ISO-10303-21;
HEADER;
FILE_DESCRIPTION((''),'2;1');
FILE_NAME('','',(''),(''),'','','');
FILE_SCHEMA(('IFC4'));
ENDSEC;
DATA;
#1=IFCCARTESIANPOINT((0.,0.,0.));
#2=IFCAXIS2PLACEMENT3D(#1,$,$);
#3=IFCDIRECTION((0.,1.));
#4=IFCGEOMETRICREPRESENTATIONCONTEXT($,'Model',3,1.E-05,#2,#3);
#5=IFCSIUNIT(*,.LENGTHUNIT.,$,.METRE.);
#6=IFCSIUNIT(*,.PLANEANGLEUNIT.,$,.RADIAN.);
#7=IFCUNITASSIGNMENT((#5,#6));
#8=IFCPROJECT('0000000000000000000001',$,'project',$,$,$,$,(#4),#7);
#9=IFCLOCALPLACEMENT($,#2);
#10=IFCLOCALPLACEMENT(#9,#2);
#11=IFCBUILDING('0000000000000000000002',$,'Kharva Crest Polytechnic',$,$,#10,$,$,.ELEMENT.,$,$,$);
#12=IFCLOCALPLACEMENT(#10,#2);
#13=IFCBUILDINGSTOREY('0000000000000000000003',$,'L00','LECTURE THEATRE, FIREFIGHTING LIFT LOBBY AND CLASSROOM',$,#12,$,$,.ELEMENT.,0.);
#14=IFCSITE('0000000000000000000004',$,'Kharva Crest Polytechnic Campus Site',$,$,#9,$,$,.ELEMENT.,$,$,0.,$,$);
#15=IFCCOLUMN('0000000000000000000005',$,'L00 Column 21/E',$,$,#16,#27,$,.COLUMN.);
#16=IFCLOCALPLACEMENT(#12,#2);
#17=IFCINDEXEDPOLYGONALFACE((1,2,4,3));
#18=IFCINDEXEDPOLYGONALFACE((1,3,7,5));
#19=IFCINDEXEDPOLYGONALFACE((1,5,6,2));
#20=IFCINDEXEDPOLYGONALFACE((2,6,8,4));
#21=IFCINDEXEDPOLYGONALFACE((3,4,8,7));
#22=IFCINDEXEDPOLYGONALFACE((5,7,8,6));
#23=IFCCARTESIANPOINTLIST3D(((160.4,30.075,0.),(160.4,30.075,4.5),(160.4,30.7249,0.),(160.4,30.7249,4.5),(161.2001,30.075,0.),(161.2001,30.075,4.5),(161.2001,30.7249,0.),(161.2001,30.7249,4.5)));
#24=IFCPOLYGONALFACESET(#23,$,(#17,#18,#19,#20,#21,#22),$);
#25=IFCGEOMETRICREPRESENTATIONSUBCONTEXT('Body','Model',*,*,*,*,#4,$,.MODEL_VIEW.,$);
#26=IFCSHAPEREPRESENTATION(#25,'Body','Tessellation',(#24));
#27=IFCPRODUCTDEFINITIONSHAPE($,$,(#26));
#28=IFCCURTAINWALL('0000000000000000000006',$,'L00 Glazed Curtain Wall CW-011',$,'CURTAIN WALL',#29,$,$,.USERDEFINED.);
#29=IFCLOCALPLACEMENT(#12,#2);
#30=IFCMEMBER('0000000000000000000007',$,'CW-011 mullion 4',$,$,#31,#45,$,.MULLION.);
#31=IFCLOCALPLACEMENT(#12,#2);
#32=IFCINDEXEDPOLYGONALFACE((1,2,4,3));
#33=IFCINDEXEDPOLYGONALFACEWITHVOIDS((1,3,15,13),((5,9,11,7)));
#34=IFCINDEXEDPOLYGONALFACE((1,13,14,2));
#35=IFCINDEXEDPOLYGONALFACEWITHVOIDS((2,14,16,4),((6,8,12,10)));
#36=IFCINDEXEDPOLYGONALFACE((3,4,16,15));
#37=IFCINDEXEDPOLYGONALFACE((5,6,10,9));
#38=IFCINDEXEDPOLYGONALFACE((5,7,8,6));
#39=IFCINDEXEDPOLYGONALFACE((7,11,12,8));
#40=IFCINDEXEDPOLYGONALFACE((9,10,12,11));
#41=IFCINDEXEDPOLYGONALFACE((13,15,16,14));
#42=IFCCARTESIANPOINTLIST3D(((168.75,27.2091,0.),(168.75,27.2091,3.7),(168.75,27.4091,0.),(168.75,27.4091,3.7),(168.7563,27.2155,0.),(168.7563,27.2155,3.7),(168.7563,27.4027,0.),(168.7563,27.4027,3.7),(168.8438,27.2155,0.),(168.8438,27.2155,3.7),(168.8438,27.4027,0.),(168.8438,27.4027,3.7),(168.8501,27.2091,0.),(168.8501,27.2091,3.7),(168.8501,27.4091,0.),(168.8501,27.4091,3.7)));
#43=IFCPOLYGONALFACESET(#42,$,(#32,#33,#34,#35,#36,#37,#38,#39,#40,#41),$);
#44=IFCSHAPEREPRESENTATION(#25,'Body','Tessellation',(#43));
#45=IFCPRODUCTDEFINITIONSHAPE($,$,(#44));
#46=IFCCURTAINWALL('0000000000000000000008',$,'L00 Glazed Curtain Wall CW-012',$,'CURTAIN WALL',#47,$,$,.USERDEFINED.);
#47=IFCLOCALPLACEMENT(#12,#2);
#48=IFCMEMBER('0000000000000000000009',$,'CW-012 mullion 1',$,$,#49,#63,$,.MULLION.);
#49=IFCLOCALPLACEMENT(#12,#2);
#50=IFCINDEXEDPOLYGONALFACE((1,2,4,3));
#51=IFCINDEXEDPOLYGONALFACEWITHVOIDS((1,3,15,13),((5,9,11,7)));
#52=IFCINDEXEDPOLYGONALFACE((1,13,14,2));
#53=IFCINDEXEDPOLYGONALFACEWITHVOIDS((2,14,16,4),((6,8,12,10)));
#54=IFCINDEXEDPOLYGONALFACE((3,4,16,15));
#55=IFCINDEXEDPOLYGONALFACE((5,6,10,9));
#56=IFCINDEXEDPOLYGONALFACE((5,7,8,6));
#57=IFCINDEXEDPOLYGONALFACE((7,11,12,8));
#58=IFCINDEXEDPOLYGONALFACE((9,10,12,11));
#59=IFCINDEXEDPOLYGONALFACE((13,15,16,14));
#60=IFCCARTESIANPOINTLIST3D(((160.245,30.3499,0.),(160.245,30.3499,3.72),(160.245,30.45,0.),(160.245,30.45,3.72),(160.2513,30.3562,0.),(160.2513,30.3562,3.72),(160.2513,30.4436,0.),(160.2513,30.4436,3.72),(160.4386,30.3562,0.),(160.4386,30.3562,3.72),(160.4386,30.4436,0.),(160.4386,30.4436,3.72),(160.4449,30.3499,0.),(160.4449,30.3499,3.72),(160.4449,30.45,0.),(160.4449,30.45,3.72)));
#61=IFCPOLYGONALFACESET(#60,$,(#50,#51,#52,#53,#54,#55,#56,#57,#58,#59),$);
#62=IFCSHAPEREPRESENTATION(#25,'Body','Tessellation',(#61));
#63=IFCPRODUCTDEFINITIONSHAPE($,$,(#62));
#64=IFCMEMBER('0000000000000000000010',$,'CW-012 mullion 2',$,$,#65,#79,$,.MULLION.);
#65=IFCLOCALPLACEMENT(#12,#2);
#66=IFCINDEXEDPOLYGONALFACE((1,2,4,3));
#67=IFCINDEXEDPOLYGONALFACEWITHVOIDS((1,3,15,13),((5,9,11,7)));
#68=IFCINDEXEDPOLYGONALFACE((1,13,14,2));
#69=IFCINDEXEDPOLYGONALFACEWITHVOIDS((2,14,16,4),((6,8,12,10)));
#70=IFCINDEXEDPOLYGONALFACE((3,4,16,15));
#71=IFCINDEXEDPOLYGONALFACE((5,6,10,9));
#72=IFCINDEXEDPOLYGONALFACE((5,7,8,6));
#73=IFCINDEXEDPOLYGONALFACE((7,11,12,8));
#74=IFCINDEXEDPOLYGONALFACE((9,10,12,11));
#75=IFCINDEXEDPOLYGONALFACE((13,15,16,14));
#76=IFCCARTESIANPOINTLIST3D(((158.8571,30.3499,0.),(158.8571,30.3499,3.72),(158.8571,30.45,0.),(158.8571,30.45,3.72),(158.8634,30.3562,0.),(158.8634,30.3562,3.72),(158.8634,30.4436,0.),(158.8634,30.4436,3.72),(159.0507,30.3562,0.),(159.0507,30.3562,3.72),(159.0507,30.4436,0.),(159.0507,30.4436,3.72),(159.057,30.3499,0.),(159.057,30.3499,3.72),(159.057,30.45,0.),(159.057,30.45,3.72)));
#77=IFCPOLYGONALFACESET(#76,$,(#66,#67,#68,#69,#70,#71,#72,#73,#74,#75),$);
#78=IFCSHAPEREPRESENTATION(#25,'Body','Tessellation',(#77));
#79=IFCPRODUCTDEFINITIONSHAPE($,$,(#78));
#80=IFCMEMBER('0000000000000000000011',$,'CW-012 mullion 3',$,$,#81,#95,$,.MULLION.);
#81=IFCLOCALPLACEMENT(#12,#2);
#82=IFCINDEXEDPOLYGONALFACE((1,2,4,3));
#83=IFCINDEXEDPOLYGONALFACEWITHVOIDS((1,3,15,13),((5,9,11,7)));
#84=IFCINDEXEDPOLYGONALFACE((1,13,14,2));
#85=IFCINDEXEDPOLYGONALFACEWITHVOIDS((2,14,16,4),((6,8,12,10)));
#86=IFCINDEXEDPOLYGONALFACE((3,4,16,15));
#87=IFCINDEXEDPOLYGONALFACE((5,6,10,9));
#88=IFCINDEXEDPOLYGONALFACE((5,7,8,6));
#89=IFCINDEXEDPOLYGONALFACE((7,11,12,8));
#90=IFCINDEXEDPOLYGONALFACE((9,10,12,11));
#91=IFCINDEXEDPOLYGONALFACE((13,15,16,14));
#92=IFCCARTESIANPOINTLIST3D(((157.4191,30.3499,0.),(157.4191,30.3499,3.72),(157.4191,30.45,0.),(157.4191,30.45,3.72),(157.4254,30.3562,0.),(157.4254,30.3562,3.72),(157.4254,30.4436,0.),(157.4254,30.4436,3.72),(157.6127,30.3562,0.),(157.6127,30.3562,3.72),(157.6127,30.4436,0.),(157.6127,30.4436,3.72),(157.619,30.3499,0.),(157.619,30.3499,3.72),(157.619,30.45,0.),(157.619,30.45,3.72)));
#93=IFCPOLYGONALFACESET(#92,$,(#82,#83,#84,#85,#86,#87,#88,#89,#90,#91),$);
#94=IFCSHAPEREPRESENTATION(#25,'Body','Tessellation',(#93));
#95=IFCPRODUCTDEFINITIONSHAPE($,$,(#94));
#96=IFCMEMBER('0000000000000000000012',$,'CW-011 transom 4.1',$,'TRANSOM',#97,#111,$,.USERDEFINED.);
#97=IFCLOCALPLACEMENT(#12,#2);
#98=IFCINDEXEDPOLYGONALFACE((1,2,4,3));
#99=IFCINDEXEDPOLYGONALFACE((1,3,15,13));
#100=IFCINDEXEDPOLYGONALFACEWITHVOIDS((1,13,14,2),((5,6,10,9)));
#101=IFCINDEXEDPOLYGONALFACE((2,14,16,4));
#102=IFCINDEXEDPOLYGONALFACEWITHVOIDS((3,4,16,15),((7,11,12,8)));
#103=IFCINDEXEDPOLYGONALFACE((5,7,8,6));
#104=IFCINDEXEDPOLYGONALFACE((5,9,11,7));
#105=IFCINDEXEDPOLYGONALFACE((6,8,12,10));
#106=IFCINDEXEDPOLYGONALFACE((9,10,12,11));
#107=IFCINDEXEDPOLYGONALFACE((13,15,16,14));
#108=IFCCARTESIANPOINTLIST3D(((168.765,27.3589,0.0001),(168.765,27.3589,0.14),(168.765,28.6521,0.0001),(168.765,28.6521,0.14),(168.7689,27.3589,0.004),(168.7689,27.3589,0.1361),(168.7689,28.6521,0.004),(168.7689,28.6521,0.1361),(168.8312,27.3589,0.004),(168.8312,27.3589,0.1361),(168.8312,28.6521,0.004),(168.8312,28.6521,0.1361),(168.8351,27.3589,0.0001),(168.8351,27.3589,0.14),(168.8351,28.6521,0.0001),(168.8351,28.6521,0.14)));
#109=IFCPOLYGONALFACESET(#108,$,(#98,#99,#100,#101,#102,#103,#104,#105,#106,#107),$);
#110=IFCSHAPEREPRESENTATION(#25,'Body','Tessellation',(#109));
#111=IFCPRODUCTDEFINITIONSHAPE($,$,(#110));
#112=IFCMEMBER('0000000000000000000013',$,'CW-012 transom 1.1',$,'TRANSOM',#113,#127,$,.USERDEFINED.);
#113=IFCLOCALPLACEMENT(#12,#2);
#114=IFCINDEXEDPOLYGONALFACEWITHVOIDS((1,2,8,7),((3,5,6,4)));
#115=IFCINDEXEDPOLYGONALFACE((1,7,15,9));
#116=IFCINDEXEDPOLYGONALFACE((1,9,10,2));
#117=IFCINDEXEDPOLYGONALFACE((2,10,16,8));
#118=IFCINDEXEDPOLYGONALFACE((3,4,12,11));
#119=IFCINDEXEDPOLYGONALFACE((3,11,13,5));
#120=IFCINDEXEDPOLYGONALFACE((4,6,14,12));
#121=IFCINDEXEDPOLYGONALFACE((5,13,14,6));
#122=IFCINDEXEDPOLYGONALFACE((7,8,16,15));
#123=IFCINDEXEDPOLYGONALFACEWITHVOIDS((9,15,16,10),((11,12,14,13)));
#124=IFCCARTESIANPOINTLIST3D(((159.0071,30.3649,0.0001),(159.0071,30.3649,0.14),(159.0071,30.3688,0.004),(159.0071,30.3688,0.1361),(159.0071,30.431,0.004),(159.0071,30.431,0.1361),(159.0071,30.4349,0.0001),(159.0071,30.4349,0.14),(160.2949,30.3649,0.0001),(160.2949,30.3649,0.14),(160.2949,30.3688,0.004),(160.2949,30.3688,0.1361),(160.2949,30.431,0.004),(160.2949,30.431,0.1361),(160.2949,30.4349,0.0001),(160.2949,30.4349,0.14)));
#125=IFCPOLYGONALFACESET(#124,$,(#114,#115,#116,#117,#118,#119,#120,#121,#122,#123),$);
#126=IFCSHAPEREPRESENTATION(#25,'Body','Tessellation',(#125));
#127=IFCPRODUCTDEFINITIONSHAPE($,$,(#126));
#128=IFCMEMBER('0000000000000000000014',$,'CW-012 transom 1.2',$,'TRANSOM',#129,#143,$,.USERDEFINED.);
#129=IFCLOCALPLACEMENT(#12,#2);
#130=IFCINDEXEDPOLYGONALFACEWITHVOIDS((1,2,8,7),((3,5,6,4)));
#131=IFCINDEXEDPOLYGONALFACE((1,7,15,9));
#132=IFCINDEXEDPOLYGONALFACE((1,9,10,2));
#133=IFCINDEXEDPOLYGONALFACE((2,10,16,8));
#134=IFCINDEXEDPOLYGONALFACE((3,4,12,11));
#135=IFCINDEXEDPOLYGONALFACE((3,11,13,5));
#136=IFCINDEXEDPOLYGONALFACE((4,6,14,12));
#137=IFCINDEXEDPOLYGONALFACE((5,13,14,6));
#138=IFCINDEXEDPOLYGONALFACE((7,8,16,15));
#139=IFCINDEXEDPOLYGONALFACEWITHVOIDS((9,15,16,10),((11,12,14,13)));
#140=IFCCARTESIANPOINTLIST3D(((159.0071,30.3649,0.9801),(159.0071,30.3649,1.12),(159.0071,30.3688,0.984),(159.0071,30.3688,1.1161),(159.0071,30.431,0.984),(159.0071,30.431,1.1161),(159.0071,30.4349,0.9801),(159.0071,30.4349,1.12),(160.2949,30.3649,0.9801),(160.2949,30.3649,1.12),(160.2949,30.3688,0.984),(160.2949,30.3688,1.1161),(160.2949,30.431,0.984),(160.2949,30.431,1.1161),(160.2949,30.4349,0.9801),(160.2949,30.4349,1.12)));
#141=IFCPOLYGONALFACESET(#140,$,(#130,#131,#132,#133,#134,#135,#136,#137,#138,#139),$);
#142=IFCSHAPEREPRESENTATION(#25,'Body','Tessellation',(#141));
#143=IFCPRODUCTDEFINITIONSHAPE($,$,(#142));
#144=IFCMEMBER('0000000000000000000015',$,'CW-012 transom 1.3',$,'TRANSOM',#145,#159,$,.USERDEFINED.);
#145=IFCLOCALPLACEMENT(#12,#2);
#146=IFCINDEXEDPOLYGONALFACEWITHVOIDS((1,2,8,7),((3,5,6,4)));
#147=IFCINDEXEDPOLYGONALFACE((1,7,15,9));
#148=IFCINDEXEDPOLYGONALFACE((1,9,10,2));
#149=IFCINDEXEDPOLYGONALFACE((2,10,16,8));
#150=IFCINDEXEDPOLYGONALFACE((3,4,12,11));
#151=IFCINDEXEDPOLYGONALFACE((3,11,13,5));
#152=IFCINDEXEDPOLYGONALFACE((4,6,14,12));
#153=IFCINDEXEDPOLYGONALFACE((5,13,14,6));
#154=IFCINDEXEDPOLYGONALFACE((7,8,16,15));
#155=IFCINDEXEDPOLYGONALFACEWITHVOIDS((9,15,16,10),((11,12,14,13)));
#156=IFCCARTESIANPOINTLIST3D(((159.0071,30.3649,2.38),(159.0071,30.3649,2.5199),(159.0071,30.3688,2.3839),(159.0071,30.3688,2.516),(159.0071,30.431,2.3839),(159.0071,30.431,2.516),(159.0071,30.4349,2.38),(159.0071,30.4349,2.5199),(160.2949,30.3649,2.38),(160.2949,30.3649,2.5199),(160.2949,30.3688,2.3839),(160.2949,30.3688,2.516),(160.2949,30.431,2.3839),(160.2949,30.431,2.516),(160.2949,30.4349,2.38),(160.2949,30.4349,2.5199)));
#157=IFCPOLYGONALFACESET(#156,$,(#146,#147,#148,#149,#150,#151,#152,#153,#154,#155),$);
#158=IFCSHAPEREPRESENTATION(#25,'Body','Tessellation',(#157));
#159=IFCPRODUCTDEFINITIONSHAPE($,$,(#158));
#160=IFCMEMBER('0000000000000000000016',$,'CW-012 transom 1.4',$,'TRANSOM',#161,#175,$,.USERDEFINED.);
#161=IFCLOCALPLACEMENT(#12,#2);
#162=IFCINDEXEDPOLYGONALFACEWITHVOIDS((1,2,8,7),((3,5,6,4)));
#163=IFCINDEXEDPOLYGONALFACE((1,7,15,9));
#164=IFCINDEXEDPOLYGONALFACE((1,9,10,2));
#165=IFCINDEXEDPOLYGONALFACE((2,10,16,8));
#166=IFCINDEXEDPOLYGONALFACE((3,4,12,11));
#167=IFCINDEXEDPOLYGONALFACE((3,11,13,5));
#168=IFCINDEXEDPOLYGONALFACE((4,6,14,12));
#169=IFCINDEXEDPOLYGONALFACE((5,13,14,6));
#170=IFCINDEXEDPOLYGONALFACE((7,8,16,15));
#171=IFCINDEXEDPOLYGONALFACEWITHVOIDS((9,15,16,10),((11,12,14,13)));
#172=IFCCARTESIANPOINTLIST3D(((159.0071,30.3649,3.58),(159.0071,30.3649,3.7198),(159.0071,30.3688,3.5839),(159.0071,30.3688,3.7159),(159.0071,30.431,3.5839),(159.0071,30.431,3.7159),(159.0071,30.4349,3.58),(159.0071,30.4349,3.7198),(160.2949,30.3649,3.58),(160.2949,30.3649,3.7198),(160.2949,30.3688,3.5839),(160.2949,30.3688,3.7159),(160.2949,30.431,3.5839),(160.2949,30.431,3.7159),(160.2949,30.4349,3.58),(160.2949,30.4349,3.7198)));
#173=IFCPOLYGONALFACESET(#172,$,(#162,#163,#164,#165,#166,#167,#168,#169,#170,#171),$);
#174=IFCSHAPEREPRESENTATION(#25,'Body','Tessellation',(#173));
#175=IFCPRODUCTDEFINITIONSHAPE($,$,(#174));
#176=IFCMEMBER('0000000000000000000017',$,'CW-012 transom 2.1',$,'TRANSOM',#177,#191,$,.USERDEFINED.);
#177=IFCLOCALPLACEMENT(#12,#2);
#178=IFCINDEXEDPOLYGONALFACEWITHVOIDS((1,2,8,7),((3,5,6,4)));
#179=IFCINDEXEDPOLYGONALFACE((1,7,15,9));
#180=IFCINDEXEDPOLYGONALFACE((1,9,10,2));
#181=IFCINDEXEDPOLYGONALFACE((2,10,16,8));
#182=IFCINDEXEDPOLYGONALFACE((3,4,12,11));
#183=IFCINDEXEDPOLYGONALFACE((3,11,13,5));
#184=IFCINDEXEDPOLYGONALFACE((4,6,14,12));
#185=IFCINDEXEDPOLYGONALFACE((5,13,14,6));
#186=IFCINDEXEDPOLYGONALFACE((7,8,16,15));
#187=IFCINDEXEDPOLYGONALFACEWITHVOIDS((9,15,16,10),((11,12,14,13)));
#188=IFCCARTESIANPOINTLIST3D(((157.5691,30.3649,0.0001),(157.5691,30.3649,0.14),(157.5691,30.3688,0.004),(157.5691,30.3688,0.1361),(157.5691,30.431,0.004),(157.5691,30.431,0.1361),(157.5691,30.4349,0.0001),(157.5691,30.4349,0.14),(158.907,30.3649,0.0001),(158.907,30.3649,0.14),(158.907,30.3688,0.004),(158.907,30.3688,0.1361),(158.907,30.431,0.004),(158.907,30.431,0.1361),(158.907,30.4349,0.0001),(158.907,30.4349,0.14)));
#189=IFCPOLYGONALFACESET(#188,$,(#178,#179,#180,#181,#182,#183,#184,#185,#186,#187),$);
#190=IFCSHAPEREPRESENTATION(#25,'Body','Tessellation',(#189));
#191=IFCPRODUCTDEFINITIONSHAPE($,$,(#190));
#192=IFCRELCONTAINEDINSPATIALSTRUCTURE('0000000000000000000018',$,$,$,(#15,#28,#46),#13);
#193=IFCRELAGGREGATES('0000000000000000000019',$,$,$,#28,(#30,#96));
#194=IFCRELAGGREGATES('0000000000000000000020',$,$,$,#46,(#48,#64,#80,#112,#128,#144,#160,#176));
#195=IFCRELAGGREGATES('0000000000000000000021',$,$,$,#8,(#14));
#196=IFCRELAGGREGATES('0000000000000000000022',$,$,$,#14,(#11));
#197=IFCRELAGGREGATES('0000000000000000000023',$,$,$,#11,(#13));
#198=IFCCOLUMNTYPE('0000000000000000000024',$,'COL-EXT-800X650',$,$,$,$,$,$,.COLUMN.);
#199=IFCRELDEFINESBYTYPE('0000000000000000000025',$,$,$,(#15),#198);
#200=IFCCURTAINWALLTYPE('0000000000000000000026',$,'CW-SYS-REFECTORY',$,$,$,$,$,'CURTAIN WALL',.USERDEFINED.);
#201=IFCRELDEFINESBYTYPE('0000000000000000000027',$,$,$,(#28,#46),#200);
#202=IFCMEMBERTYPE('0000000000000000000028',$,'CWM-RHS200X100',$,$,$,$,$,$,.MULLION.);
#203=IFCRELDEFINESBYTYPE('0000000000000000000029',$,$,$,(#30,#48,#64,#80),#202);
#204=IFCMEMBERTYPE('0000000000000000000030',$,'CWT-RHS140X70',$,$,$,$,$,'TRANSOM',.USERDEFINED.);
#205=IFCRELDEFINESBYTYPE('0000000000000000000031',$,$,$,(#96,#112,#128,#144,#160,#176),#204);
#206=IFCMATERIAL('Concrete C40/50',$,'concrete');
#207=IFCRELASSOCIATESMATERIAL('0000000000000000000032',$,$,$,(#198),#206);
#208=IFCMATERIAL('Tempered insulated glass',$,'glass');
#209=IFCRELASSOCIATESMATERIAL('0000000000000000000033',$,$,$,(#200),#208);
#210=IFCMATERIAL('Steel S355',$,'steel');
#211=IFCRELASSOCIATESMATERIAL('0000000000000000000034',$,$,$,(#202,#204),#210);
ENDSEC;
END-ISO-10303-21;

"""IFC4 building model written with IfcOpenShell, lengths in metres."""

from ifc_helpers import new_model, si_unit, direction, frame, origin, origin_2d, place, context, subcontext, project, spatial, rectangle, hollow_rectangle, extrude, material, material_profile, profile_set, type_object, element, aggregate, save


model = new_model("IFC4")

# Units and contexts
model_context = context("Model", 3, precision=1e-05, world=origin(), true_north=direction((0.0, 1.0)))
body_context = subcontext(model_context, "Body", "Model", "MODEL_VIEW")
ifc_project = project(units=[si_unit("LENGTHUNIT", "METRE"), si_unit("PLANEANGLEUNIT", "RADIAN")], contexts=[model_context])

# Site, building, storey
site_placement = place(None, origin())
site = spatial("IfcSite", under=ifc_project, at=site_placement, Name="Kharva Crest Polytechnic Campus Site", CompositionType="ELEMENT", RefElevation=0.0)
building_placement = place(site_placement, origin())
building = spatial("IfcBuilding", under=site, at=building_placement, Name="Kharva Crest Polytechnic", CompositionType="ELEMENT")
storey_placement = place(building_placement, origin())
storey = spatial("IfcBuildingStorey", under=building, at=storey_placement, Name="L00", Description="LECTURE THEATRE, FIREFIGHTING LIFT LOBBY AND CLASSROOM", CompositionType="ELEMENT", Elevation=0.0)

# Column
ifc_material_1 = material(Name="Concrete C40/50", Category="concrete")
ifc_material_profile_1 = material_profile(ifc_material_1, rectangle(XDim=0.8, YDim=0.6499, at=origin_2d()), Name="RECT 800 X 650")
ifc_profile_set_1 = profile_set([ifc_material_profile_1], Name="Concrete C40/50")
column_type = type_object("IfcColumnType", Name="COL-EXT-800X650", PredefinedType="COLUMN", material=ifc_profile_set_1)
column_placement = place(storey_placement, frame((160.8, 30.3999, 0.0), z_axis=(0.0, 0.0, 1.0), x_axis=(1.0, 0.0, 0.0)))
element("IfcColumn", 1, at=column_placement, inside=storey, type_object=column_type, Name="L00 Column 21/E", PredefinedType="COLUMN", context=body_context, shape_type="SweptSolid", body=[
    extrude(rectangle(XDim=0.8, YDim=0.6499, at=origin_2d()), origin(), (0.0, 0.0, 1.0), 4.5),
])

# Curtain wall, member
ifc_material_2 = material(Name="Tempered insulated glass", Category="glass")
curtain_wall_type = type_object("IfcCurtainWallType", Name="CW-SYS-REFECTORY", ElementType="CURTAIN WALL", PredefinedType="USERDEFINED", material=ifc_material_2)
curtain_wall_1_placement = place(storey_placement, origin())
curtain_wall_1 = element("IfcCurtainWall", 2, at=curtain_wall_1_placement, inside=storey, type_object=curtain_wall_type, Name="L00 Glazed Curtain Wall CW-011", ObjectType="CURTAIN WALL", PredefinedType="USERDEFINED")
ifc_material_3 = material(Name="Steel S355", Category="steel")
ifc_material_profile_2 = material_profile(ifc_material_3, hollow_rectangle(XDim=0.1001, YDim=0.2, WallThickness=0.0063, at=origin_2d()), Name="RHS 200X100X6.3")
ifc_profile_set_2 = profile_set([ifc_material_profile_2], Name="Steel S355")
member_type_1 = type_object("IfcMemberType", Name="CWM-RHS200X100", PredefinedType="MULLION", material=ifc_profile_set_2)
member_1_placement = place(storey_placement, frame((168.8, 27.3091, 0.0), z_axis=(0.0, 0.0, 1.0), x_axis=(-1.0, 0.0, 0.0)))
member_1 = element("IfcMember", 3, at=member_1_placement, type_object=member_type_1, Name="CW-011 mullion 4", PredefinedType="MULLION", context=body_context, shape_type="SweptSolid", body=[
    extrude(hollow_rectangle(XDim=0.1001, YDim=0.2, WallThickness=0.0063, at=origin_2d()), origin(), (0.0, 0.0, 1.0), 3.7),
])

# Curtain wall, members
curtain_wall_2_placement = place(storey_placement, origin())
curtain_wall_2 = element("IfcCurtainWall", 4, at=curtain_wall_2_placement, inside=storey, type_object=curtain_wall_type, Name="L00 Glazed Curtain Wall CW-012", ObjectType="CURTAIN WALL", PredefinedType="USERDEFINED")
member_2_placement = place(storey_placement, frame((160.345, 30.3999, 0.0), z_axis=(0.0, 0.0, 1.0), x_axis=(0.0, -1.0, 0.0)))
member_2 = element("IfcMember", 5, at=member_2_placement, type_object=member_type_1, Name="CW-012 mullion 1", PredefinedType="MULLION", context=body_context, shape_type="SweptSolid", body=[
    extrude(hollow_rectangle(XDim=0.1001, YDim=0.2, WallThickness=0.0063, at=origin_2d()), origin(), (0.0, 0.0, 1.0), 3.72),
])
member_3_placement = place(storey_placement, frame((158.957, 30.3999, 0.0), z_axis=(0.0, 0.0, 1.0), x_axis=(0.0, -1.0, 0.0)))
member_3 = element("IfcMember", 6, at=member_3_placement, type_object=member_type_1, Name="CW-012 mullion 2", PredefinedType="MULLION", context=body_context, shape_type="SweptSolid", body=[
    extrude(hollow_rectangle(XDim=0.1001, YDim=0.2, WallThickness=0.0063, at=origin_2d()), origin(), (0.0, 0.0, 1.0), 3.72),
])
member_4_placement = place(storey_placement, frame((157.519, 30.3999, 0.0), z_axis=(0.0, 0.0, 1.0), x_axis=(0.0, -1.0, 0.0)))
member_4 = element("IfcMember", 7, at=member_4_placement, type_object=member_type_1, Name="CW-012 mullion 3", PredefinedType="MULLION", context=body_context, shape_type="SweptSolid", body=[
    extrude(hollow_rectangle(XDim=0.1001, YDim=0.2, WallThickness=0.0063, at=origin_2d()), origin(), (0.0, 0.0, 1.0), 3.72),
])

# Members
ifc_material_profile_3 = material_profile(ifc_material_3, hollow_rectangle(XDim=0.0701, YDim=0.1399, WallThickness=0.0039, at=origin_2d()), Name="RHS 140X70X4.0")
ifc_profile_set_3 = profile_set([ifc_material_profile_3], Name="Steel S355")
member_type_2 = type_object("IfcMemberType", Name="CWT-RHS140X70", ElementType="TRANSOM", PredefinedType="USERDEFINED", material=ifc_profile_set_3)
member_5_placement = place(storey_placement, frame((168.8, 27.3589, 0.0701), z_axis=(0.0, 1.0, 0.0), x_axis=(-1.0, 0.0, 0.0)))
member_5 = element("IfcMember", 8, at=member_5_placement, type_object=member_type_2, Name="CW-011 transom 4.1", ObjectType="TRANSOM", PredefinedType="USERDEFINED", context=body_context, shape_type="SweptSolid", body=[
    extrude(hollow_rectangle(XDim=0.0701, YDim=0.1399, WallThickness=0.0039, at=origin_2d()), origin(), (0.0, 0.0, 1.0), 1.2932),
])
member_6_placement = place(storey_placement, frame((160.2949, 30.3999, 0.0701), z_axis=(-1.0, 0.0, 0.0), x_axis=(0.0, -1.0, 0.0)))
member_6 = element("IfcMember", 9, at=member_6_placement, type_object=member_type_2, Name="CW-012 transom 1.1", ObjectType="TRANSOM", PredefinedType="USERDEFINED", context=body_context, shape_type="SweptSolid", body=[
    extrude(hollow_rectangle(XDim=0.0701, YDim=0.1399, WallThickness=0.0039, at=origin_2d()), origin(), (0.0, 0.0, 1.0), 1.2878),
])
member_7_placement = place(storey_placement, frame((160.2949, 30.3999, 1.05), z_axis=(-1.0, 0.0, 0.0), x_axis=(0.0, -1.0, 0.0)))
member_7 = element("IfcMember", 10, at=member_7_placement, type_object=member_type_2, Name="CW-012 transom 1.2", ObjectType="TRANSOM", PredefinedType="USERDEFINED", context=body_context, shape_type="SweptSolid", body=[
    extrude(hollow_rectangle(XDim=0.0701, YDim=0.1399, WallThickness=0.0039, at=origin_2d()), origin(), (0.0, 0.0, 1.0), 1.2878),
])
member_8_placement = place(storey_placement, frame((160.2949, 30.3999, 2.45), z_axis=(-1.0, 0.0, 0.0), x_axis=(0.0, -1.0, 0.0)))
member_8 = element("IfcMember", 11, at=member_8_placement, type_object=member_type_2, Name="CW-012 transom 1.3", ObjectType="TRANSOM", PredefinedType="USERDEFINED", context=body_context, shape_type="SweptSolid", body=[
    extrude(hollow_rectangle(XDim=0.0701, YDim=0.1399, WallThickness=0.0039, at=origin_2d()), origin(), (0.0, 0.0, 1.0), 1.2878),
])
member_9_placement = place(storey_placement, frame((160.2949, 30.3999, 3.6499), z_axis=(-1.0, 0.0, 0.0), x_axis=(0.0, -1.0, 0.0)))
member_9 = element("IfcMember", 12, at=member_9_placement, type_object=member_type_2, Name="CW-012 transom 1.4", ObjectType="TRANSOM", PredefinedType="USERDEFINED", context=body_context, shape_type="SweptSolid", body=[
    extrude(hollow_rectangle(XDim=0.0701, YDim=0.1399, WallThickness=0.0039, at=origin_2d()), origin(), (0.0, 0.0, 1.0), 1.2878),
])
member_10_placement = place(storey_placement, frame((158.907, 30.3999, 0.0701), z_axis=(-1.0, 0.0, 0.0), x_axis=(0.0, -1.0, 0.0)))
member_10 = element("IfcMember", 13, at=member_10_placement, type_object=member_type_2, Name="CW-012 transom 2.1", ObjectType="TRANSOM", PredefinedType="USERDEFINED", context=body_context, shape_type="SweptSolid", body=[
    extrude(hollow_rectangle(XDim=0.0701, YDim=0.1399, WallThickness=0.0039, at=origin_2d()), origin(), (0.0, 0.0, 1.0), 1.3379),
])

aggregate(curtain_wall_1, [member_1, member_5])
aggregate(curtain_wall_2, [member_2, member_3, member_4, member_6, member_7, member_8, member_9, member_10])

save(model, "model.ifc")
